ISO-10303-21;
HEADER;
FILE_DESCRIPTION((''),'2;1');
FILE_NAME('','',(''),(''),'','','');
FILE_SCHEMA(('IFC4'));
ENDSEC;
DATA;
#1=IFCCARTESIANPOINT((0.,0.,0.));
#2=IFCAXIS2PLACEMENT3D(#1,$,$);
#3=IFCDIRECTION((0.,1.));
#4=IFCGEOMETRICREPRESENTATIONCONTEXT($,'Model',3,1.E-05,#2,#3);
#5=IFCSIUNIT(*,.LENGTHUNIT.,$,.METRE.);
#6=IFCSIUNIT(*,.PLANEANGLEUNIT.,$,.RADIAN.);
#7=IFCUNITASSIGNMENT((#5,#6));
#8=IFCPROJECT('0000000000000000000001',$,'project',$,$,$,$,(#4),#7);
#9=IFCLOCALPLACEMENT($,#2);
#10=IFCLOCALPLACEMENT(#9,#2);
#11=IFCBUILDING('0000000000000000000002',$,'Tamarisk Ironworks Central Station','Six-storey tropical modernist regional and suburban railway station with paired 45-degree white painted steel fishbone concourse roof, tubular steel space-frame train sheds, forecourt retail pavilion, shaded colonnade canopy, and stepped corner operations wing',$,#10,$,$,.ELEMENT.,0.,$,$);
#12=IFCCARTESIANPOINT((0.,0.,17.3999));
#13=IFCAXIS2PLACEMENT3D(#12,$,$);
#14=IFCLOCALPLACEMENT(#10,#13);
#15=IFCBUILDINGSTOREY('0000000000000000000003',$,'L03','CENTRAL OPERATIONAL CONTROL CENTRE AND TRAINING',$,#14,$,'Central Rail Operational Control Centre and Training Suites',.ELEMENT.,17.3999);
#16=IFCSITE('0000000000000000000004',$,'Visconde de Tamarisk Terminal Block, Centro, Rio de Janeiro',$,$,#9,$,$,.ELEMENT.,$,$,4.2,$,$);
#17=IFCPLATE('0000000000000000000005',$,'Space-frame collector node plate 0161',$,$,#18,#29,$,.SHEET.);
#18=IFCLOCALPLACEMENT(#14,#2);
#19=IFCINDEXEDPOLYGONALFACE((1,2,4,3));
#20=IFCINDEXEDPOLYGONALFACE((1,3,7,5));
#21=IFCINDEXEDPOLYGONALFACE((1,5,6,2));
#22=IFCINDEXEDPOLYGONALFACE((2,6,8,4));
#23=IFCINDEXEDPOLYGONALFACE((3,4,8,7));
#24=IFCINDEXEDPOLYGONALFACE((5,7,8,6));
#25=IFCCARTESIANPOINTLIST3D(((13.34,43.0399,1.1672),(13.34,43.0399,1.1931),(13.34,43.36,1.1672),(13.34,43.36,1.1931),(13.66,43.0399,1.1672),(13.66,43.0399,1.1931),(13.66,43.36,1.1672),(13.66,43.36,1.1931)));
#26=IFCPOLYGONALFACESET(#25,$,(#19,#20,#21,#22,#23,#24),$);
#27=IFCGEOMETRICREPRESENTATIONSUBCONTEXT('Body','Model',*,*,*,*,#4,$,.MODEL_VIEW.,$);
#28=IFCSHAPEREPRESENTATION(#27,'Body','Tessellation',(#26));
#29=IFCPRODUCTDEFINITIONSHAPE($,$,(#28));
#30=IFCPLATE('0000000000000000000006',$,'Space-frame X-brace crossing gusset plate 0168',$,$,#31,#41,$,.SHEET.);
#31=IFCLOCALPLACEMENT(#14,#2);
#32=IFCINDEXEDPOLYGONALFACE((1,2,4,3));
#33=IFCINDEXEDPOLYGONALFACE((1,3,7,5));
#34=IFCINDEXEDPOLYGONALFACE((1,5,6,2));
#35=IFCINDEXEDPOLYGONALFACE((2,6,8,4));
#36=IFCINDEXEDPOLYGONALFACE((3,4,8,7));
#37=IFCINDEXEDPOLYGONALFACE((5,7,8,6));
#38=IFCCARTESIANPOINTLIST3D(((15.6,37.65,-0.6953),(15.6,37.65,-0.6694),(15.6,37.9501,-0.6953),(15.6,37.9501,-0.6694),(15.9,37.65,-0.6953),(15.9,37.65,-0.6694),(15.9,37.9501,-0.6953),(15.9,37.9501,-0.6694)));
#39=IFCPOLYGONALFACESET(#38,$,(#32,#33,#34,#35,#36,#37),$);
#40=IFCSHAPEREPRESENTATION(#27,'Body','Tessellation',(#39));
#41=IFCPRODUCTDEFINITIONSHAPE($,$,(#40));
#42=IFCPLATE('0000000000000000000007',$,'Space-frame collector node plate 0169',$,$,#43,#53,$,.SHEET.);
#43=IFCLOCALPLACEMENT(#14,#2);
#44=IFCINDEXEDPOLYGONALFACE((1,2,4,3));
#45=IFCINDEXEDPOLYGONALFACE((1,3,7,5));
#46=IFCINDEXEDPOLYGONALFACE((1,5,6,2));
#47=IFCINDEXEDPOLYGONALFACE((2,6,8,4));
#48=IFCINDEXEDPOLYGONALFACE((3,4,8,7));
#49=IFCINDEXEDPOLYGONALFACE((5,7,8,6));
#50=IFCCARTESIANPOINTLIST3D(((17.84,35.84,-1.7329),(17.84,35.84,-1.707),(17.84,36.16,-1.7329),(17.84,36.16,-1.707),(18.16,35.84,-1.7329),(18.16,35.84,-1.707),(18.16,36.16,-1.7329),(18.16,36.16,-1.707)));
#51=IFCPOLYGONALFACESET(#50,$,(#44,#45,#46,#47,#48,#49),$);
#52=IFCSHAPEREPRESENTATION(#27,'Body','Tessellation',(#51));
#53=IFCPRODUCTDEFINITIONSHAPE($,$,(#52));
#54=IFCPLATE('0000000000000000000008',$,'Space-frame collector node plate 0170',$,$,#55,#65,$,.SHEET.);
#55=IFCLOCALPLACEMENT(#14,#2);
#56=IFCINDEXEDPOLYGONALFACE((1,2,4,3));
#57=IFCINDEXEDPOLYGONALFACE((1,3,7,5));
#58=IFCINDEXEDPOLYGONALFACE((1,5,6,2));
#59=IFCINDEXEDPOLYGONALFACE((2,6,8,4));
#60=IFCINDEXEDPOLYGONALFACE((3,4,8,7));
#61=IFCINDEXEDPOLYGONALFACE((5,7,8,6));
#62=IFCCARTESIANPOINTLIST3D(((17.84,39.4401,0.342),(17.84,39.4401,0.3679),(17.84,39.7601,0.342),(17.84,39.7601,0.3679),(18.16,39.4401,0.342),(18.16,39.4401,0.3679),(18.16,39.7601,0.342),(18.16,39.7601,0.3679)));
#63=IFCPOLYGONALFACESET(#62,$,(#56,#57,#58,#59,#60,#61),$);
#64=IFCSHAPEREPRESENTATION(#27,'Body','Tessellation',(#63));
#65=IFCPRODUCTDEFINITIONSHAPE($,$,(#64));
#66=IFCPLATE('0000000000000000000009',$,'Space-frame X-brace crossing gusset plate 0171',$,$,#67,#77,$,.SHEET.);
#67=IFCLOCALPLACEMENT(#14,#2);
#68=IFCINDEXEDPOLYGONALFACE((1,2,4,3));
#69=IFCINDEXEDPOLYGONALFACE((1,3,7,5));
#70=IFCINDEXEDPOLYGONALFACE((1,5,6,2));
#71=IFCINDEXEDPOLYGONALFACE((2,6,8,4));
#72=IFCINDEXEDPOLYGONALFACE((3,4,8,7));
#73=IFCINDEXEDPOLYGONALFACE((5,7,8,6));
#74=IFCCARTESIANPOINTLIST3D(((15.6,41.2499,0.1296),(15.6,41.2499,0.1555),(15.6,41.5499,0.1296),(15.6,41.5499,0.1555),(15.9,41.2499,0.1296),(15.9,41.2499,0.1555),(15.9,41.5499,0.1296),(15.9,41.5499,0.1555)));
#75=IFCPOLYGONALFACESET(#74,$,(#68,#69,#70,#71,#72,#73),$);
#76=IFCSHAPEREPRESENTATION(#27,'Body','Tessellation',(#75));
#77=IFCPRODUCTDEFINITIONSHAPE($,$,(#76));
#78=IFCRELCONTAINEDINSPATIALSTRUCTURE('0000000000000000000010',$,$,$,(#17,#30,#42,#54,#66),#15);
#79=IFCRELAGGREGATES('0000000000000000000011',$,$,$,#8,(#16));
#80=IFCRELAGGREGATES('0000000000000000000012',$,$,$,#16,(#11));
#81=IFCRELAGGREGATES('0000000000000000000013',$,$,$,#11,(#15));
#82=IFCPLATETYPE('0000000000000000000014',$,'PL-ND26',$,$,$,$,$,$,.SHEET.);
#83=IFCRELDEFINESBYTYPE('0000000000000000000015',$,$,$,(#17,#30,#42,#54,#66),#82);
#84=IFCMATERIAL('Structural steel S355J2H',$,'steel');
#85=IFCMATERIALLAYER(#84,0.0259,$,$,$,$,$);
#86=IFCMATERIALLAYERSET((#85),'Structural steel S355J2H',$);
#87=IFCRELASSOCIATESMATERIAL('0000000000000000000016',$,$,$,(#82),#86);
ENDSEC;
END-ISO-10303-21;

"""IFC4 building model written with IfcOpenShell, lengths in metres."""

from ifc_helpers import new_model, si_unit, direction, frame, origin, origin_2d, place, context, subcontext, project, spatial, rectangle, extrude, material, layer, layer_set, type_object, element, save


model = new_model("IFC4")

# Units and contexts
model_context = context("Model", 3, precision=1e-05, world=origin(), true_north=direction((0.0, 1.0)))
body_context = subcontext(model_context, "Body", "Model", "MODEL_VIEW")
ifc_project = project(units=[si_unit("LENGTHUNIT", "METRE"), si_unit("PLANEANGLEUNIT", "RADIAN")], contexts=[model_context])

# Site, building, storey
site_placement = place(None, origin())
site = spatial("IfcSite", under=ifc_project, at=site_placement, Name="Visconde de Tamarisk Terminal Block, Centro, Rio de Janeiro", CompositionType="ELEMENT", RefElevation=4.2)
building_placement = place(site_placement, origin())
building = spatial("IfcBuilding", under=site, at=building_placement, Name="Tamarisk Ironworks Central Station", Description="Six-storey tropical modernist regional and suburban railway station with paired 45-degree white painted steel fishbone concourse roof, tubular steel space-frame train sheds, forecourt retail pavilion, shaded colonnade canopy, and stepped corner operations wing", CompositionType="ELEMENT", ElevationOfRefHeight=0.0)
storey_placement = place(building_placement, frame((0.0, 0.0, 17.3999)))
storey = spatial("IfcBuildingStorey", under=building, at=storey_placement, Name="L03", Description="CENTRAL OPERATIONAL CONTROL CENTRE AND TRAINING", LongName="Central Rail Operational Control Centre and Training Suites", CompositionType="ELEMENT", Elevation=17.3999)

# Shared definitions
ifc_material_1 = material(Name="Structural steel S355J2H", Category="steel")

# Plates
ifc_layer = layer(ifc_material_1, 0.0259)
ifc_layer_set = layer_set([ifc_layer], Name="Structural steel S355J2H")
plate_type = type_object("IfcPlateType", Name="PL-ND26", PredefinedType="SHEET", material=ifc_layer_set)
for number, where, z_axis, x_axis, name in (
    (1, (13.5, 43.2, 1.1672), (0.0, 0.0, 1.0), (1.0, 0.0, 0.0), "Space-frame collector node plate 0161"),
):
    element("IfcPlate", number, at=place(storey_placement, frame(where, z_axis=z_axis, x_axis=x_axis)), inside=storey, type_object=plate_type, Name=name, PredefinedType="SHEET", context=body_context, shape_type="SweptSolid", body=[
        extrude(rectangle(XDim=0.3201, YDim=0.3201, at=origin_2d()), origin(), (0.0, 0.0, 1.0), 0.0259),
    ])
plate_1_placement = place(storey_placement, frame((15.75, 37.8, -0.6953), z_axis=(0.0, 0.0, 1.0), x_axis=(1.0, 0.0, 0.0)))
element("IfcPlate", 2, at=plate_1_placement, inside=storey, type_object=plate_type, Name="Space-frame X-brace crossing gusset plate 0168", PredefinedType="SHEET", context=body_context, shape_type="SweptSolid", body=[
    extrude(rectangle(XDim=0.3, YDim=0.3, at=origin_2d()), origin(), (0.0, 0.0, 1.0), 0.0259),
])
for number, where, z_axis, x_axis, name in (
    (3, (18.0, 36.0, -1.7329), (0.0, 0.0, 1.0), (1.0, 0.0, 0.0), "Space-frame collector node plate 0169"),
    (4, (18.0, 39.6001, 0.342), (0.0, 0.0, 1.0), (1.0, 0.0, 0.0), "Space-frame collector node plate 0170"),
):
    element("IfcPlate", number, at=place(storey_placement, frame(where, z_axis=z_axis, x_axis=x_axis)), inside=storey, type_object=plate_type, Name=name, PredefinedType="SHEET", context=body_context, shape_type="SweptSolid", body=[
        extrude(rectangle(XDim=0.3201, YDim=0.3201, at=origin_2d()), origin(), (0.0, 0.0, 1.0), 0.0259),
    ])
plate_2_placement = place(storey_placement, frame((15.75, 41.3999, 0.1296), z_axis=(0.0, 0.0, 1.0), x_axis=(1.0, 0.0, 0.0)))
element("IfcPlate", 5, at=plate_2_placement, inside=storey, type_object=plate_type, Name="Space-frame X-brace crossing gusset plate 0171", PredefinedType="SHEET", context=body_context, shape_type="SweptSolid", body=[
    extrude(rectangle(XDim=0.3, YDim=0.3, at=origin_2d()), origin(), (0.0, 0.0, 1.0), 0.0259),
])

save(model, "model.ifc")
